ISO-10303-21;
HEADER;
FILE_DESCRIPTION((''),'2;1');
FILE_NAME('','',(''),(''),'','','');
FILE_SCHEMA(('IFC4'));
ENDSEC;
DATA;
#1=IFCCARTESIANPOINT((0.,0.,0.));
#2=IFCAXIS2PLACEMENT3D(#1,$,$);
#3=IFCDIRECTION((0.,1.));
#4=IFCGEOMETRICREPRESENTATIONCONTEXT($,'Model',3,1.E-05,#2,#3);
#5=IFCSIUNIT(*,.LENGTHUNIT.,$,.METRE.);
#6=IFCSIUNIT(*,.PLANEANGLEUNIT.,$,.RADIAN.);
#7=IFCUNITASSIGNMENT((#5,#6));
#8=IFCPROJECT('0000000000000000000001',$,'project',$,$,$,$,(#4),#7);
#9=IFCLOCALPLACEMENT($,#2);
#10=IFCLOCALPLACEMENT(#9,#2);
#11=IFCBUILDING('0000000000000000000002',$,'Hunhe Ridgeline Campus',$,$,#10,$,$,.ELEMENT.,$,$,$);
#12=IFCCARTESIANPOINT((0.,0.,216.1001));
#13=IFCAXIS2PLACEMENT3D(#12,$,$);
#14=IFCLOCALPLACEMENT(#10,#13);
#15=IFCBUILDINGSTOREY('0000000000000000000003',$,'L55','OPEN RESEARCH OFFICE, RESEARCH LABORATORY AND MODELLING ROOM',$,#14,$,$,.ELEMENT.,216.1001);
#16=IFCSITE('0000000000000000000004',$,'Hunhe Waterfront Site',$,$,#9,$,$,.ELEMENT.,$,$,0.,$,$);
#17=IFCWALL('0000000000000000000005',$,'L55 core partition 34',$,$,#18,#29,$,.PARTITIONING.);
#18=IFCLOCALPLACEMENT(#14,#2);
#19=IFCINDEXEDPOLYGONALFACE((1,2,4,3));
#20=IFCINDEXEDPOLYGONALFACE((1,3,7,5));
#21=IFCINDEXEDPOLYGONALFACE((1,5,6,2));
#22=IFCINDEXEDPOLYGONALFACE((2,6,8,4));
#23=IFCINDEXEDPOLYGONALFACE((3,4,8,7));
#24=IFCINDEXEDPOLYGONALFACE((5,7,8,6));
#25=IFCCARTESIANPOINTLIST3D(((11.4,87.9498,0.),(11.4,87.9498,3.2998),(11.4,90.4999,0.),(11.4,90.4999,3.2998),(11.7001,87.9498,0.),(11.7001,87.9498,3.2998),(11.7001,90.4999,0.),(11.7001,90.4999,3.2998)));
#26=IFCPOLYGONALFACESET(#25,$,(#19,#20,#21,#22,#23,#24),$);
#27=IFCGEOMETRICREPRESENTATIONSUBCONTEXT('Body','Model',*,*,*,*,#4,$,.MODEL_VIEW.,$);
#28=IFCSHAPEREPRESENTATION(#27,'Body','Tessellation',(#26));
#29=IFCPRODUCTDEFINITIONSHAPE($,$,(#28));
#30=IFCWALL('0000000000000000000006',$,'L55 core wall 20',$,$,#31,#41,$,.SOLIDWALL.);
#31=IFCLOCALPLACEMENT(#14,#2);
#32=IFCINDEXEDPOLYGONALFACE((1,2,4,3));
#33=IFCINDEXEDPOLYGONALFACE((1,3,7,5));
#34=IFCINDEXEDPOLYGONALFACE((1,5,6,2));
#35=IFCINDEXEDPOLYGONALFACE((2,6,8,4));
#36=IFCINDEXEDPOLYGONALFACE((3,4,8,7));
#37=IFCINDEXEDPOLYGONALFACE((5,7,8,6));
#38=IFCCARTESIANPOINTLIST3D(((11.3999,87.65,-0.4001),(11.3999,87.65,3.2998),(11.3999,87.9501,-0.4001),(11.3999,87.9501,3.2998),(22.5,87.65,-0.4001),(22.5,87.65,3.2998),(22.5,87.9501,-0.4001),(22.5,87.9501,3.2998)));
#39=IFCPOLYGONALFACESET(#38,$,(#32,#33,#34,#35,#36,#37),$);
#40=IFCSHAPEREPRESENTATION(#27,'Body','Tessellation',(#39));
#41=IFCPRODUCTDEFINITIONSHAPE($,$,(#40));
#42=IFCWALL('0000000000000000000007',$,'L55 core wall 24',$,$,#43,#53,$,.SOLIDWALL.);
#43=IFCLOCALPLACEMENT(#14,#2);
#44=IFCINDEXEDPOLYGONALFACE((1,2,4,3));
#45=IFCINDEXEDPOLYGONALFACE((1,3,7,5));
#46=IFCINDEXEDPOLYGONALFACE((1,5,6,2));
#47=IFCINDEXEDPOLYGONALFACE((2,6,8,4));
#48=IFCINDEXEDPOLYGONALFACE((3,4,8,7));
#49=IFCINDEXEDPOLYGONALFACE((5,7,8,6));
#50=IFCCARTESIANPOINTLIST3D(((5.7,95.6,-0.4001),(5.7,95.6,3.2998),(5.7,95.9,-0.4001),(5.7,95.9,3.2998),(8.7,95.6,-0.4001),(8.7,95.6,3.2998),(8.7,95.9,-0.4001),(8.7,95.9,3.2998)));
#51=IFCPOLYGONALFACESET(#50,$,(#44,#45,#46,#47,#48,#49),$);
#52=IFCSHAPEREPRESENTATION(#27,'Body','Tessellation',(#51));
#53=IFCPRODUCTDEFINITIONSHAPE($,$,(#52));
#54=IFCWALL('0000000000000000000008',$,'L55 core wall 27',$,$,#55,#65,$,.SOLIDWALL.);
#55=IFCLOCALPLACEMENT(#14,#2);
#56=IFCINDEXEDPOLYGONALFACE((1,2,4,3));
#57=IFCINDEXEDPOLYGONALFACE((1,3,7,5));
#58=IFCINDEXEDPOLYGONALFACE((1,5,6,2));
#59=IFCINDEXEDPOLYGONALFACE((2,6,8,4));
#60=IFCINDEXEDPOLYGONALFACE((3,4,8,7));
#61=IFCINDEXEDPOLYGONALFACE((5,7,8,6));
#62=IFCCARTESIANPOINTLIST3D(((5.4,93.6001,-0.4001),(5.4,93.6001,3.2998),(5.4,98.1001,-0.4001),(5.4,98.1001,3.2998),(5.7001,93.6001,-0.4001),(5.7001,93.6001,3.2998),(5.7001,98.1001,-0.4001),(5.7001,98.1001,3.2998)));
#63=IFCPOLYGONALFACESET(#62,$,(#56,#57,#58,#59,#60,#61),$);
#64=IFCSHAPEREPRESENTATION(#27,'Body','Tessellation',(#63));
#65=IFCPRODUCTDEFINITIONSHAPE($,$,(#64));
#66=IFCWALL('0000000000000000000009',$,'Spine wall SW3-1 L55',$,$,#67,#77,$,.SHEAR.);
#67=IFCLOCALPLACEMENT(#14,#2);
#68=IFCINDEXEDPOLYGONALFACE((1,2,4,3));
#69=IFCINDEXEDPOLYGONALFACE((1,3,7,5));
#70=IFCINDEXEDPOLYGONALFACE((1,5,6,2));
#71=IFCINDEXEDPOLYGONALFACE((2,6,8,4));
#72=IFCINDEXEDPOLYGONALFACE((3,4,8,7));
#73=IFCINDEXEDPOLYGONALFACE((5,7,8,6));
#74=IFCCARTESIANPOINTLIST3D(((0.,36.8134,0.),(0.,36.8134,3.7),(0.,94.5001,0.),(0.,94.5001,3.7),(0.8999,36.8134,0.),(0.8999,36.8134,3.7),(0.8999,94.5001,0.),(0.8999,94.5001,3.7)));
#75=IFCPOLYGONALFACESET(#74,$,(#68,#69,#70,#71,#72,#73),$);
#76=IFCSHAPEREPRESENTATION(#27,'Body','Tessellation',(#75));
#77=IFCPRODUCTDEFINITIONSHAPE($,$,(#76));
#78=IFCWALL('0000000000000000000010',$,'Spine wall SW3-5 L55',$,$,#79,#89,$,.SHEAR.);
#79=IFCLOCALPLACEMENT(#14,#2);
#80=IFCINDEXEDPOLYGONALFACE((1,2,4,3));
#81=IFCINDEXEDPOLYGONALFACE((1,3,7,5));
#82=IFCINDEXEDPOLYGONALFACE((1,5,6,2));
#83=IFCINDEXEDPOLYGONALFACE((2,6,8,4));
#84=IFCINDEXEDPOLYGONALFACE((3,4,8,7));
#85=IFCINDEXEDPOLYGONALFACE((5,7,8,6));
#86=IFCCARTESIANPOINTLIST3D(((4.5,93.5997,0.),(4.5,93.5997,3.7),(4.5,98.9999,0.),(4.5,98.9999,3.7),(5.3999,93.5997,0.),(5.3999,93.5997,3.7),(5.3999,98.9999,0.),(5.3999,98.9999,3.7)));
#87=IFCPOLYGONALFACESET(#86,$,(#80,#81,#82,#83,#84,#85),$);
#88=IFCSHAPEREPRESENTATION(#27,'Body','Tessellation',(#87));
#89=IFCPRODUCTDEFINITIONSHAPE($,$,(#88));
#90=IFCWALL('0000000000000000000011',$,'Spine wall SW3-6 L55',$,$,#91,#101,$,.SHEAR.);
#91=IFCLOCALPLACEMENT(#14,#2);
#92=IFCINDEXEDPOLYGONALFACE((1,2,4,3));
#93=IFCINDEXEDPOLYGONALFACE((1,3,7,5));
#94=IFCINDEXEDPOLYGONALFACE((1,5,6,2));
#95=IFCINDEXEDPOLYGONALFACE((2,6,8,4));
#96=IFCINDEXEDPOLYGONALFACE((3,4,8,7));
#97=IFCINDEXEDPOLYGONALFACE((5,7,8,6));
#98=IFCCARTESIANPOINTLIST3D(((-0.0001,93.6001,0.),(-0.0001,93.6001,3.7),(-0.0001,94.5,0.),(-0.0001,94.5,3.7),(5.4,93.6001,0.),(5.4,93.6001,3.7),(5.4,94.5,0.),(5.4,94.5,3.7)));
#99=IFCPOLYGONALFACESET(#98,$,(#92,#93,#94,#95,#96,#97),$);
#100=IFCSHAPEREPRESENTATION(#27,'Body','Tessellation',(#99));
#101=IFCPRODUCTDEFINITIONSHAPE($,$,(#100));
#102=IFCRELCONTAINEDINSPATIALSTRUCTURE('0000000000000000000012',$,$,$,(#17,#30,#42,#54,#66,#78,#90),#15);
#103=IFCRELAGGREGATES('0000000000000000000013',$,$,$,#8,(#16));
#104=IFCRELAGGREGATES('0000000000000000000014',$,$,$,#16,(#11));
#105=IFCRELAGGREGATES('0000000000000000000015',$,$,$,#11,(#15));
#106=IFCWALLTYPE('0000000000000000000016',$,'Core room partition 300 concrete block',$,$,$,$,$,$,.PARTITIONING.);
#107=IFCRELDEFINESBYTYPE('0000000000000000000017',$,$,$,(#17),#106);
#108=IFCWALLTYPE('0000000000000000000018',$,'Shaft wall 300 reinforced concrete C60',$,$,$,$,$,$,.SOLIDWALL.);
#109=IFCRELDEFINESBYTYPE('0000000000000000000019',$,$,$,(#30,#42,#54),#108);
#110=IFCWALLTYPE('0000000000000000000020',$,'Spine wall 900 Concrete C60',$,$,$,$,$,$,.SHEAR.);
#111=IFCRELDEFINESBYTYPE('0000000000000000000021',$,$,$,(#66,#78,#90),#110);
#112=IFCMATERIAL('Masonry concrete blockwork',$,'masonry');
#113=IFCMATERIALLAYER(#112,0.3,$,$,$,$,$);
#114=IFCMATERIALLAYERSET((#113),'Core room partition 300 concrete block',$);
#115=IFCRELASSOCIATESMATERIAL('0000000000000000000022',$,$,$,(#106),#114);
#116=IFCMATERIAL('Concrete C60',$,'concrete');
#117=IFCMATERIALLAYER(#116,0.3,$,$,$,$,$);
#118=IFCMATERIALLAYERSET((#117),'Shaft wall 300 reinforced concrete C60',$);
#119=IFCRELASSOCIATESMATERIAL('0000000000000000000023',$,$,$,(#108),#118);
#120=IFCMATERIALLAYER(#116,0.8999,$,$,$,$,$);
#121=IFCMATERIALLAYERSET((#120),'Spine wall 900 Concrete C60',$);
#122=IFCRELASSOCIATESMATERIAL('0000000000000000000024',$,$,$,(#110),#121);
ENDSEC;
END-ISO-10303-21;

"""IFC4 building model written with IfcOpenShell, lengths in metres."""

from ifc_helpers import new_model, si_unit, direction, frame, frame_2d, origin, place, context, subcontext, project, spatial, rectangle, extrude, material, layer, layer_set, type_object, element, save


model = new_model("IFC4")

# Units and contexts
model_context = context("Model", 3, precision=1e-05, world=origin(), true_north=direction((0.0, 1.0)))
body_context = subcontext(model_context, "Body", "Model", "MODEL_VIEW")
ifc_project = project(units=[si_unit("LENGTHUNIT", "METRE"), si_unit("PLANEANGLEUNIT", "RADIAN")], contexts=[model_context])

# Site, building, storey
site_placement = place(None, origin())
site = spatial("IfcSite", under=ifc_project, at=site_placement, Name="Hunhe Waterfront Site", CompositionType="ELEMENT", RefElevation=0.0)
building_placement = place(site_placement, origin())
building = spatial("IfcBuilding", under=site, at=building_placement, Name="Hunhe Ridgeline Campus", CompositionType="ELEMENT")
storey_placement = place(building_placement, frame((0.0, 0.0, 216.1001)))
storey = spatial("IfcBuildingStorey", under=building, at=storey_placement, Name="L55", Description="OPEN RESEARCH OFFICE, RESEARCH LABORATORY AND MODELLING ROOM", CompositionType="ELEMENT", Elevation=216.1001)

# Wall
ifc_material_1 = material(Name="Masonry concrete blockwork", Category="masonry")
ifc_layer_1 = layer(ifc_material_1, 0.3)
ifc_layer_set_1 = layer_set([ifc_layer_1], Name="Core room partition 300 concrete block")
wall_type_1 = type_object("IfcWallType", Name="Core room partition 300 concrete block", PredefinedType="PARTITIONING", material=ifc_layer_set_1)
wall_1_placement = place(storey_placement, frame((11.55, 87.95, 0.0), z_axis=(0.0, 0.0, 1.0), x_axis=(0.0, 1.0, 0.0)))
element("IfcWall", 1, at=wall_1_placement, inside=storey, type_object=wall_type_1, Name="L55 core partition 34", PredefinedType="PARTITIONING", context=body_context, shape_type="SweptSolid", body=[
    extrude(rectangle(XDim=2.55, YDim=0.3, at=frame_2d((1.2749, 0.0))), origin(), (0.0, 0.0, 1.0), 3.2998),
])

# Shared definitions
ifc_material_2 = material(Name="Concrete C60", Category="concrete")

# Wall
ifc_layer_2 = layer(ifc_material_2, 0.3)
ifc_layer_set_2 = layer_set([ifc_layer_2], Name="Shaft wall 300 reinforced concrete C60")
wall_type_2 = type_object("IfcWallType", Name="Shaft wall 300 reinforced concrete C60", PredefinedType="SOLIDWALL", material=ifc_layer_set_2)
wall_2_placement = place(storey_placement, frame((11.3999, 87.8, -0.4001), z_axis=(0.0, 0.0, 1.0), x_axis=(1.0, 0.0, 0.0)))
element("IfcWall", 2, at=wall_2_placement, inside=storey, type_object=wall_type_2, Name="L55 core wall 20", PredefinedType="SOLIDWALL", context=body_context, shape_type="SweptSolid", body=[
    extrude(rectangle(XDim=11.1001, YDim=0.3, at=frame_2d((5.55, 0.0))), origin(), (0.0, 0.0, 1.0), 3.7),
])

# Walls
wall_3_placement = place(storey_placement, frame((5.7, 95.75, -0.4001), z_axis=(0.0, 0.0, 1.0), x_axis=(1.0, 0.0, 0.0)))
element("IfcWall", 3, at=wall_3_placement, inside=storey, type_object=wall_type_2, Name="L55 core wall 24", PredefinedType="SOLIDWALL", context=body_context, shape_type="SweptSolid", body=[
    extrude(rectangle(XDim=3.0, YDim=0.3, at=frame_2d((1.5, 0.0))), origin(), (0.0, 0.0, 1.0), 3.7),
])
wall_4_placement = place(storey_placement, frame((5.55, 93.6001, -0.4001), z_axis=(0.0, 0.0, 1.0), x_axis=(0.0, 1.0, 0.0)))
element("IfcWall", 4, at=wall_4_placement, inside=storey, type_object=wall_type_2, Name="L55 core wall 27", PredefinedType="SOLIDWALL", context=body_context, shape_type="SweptSolid", body=[
    extrude(rectangle(XDim=4.5, YDim=0.3, at=frame_2d((2.25, 0.0))), origin(), (0.0, 0.0, 1.0), 3.7),
])

# Walls
ifc_layer_3 = layer(ifc_material_2, 0.8999)
ifc_layer_set_3 = layer_set([ifc_layer_3], Name="Spine wall 900 Concrete C60")
wall_type_3 = type_object("IfcWallType", Name="Spine wall 900 Concrete C60", PredefinedType="SHEAR", material=ifc_layer_set_3)
wall_5_placement = place(storey_placement, frame((0.45, 94.5, 0.0), z_axis=(0.0, 0.0, 1.0), x_axis=(0.0, -1.0, 0.0)))
element("IfcWall", 5, at=wall_5_placement, inside=storey, type_object=wall_type_3, Name="Spine wall SW3-1 L55", PredefinedType="SHEAR", context=body_context, shape_type="SweptSolid", body=[
    extrude(rectangle(XDim=57.6868, YDim=0.8999, at=frame_2d((28.8433, 0.0))), origin(), (0.0, 0.0, 1.0), 3.7),
])
for number, where, z_axis, x_axis, name in (
    (6, (4.95, 99.0, 0.0), (0.0, 0.0, 1.0), (0.0, -1.0, 0.0), "Spine wall SW3-5 L55"),
    (7, (5.4001, 94.05, 0.0), (0.0, 0.0, 1.0), (-1.0, 0.0, 0.0), "Spine wall SW3-6 L55"),
):
    element("IfcWall", number, at=place(storey_placement, frame(where, z_axis=z_axis, x_axis=x_axis)), inside=storey, type_object=wall_type_3, Name=name, PredefinedType="SHEAR", context=body_context, shape_type="SweptSolid", body=[
        extrude(rectangle(XDim=5.4001, YDim=0.8999, at=frame_2d((2.7002, 0.0))), origin(), (0.0, 0.0, 1.0), 3.7),
    ])

save(model, "model.ifc")
